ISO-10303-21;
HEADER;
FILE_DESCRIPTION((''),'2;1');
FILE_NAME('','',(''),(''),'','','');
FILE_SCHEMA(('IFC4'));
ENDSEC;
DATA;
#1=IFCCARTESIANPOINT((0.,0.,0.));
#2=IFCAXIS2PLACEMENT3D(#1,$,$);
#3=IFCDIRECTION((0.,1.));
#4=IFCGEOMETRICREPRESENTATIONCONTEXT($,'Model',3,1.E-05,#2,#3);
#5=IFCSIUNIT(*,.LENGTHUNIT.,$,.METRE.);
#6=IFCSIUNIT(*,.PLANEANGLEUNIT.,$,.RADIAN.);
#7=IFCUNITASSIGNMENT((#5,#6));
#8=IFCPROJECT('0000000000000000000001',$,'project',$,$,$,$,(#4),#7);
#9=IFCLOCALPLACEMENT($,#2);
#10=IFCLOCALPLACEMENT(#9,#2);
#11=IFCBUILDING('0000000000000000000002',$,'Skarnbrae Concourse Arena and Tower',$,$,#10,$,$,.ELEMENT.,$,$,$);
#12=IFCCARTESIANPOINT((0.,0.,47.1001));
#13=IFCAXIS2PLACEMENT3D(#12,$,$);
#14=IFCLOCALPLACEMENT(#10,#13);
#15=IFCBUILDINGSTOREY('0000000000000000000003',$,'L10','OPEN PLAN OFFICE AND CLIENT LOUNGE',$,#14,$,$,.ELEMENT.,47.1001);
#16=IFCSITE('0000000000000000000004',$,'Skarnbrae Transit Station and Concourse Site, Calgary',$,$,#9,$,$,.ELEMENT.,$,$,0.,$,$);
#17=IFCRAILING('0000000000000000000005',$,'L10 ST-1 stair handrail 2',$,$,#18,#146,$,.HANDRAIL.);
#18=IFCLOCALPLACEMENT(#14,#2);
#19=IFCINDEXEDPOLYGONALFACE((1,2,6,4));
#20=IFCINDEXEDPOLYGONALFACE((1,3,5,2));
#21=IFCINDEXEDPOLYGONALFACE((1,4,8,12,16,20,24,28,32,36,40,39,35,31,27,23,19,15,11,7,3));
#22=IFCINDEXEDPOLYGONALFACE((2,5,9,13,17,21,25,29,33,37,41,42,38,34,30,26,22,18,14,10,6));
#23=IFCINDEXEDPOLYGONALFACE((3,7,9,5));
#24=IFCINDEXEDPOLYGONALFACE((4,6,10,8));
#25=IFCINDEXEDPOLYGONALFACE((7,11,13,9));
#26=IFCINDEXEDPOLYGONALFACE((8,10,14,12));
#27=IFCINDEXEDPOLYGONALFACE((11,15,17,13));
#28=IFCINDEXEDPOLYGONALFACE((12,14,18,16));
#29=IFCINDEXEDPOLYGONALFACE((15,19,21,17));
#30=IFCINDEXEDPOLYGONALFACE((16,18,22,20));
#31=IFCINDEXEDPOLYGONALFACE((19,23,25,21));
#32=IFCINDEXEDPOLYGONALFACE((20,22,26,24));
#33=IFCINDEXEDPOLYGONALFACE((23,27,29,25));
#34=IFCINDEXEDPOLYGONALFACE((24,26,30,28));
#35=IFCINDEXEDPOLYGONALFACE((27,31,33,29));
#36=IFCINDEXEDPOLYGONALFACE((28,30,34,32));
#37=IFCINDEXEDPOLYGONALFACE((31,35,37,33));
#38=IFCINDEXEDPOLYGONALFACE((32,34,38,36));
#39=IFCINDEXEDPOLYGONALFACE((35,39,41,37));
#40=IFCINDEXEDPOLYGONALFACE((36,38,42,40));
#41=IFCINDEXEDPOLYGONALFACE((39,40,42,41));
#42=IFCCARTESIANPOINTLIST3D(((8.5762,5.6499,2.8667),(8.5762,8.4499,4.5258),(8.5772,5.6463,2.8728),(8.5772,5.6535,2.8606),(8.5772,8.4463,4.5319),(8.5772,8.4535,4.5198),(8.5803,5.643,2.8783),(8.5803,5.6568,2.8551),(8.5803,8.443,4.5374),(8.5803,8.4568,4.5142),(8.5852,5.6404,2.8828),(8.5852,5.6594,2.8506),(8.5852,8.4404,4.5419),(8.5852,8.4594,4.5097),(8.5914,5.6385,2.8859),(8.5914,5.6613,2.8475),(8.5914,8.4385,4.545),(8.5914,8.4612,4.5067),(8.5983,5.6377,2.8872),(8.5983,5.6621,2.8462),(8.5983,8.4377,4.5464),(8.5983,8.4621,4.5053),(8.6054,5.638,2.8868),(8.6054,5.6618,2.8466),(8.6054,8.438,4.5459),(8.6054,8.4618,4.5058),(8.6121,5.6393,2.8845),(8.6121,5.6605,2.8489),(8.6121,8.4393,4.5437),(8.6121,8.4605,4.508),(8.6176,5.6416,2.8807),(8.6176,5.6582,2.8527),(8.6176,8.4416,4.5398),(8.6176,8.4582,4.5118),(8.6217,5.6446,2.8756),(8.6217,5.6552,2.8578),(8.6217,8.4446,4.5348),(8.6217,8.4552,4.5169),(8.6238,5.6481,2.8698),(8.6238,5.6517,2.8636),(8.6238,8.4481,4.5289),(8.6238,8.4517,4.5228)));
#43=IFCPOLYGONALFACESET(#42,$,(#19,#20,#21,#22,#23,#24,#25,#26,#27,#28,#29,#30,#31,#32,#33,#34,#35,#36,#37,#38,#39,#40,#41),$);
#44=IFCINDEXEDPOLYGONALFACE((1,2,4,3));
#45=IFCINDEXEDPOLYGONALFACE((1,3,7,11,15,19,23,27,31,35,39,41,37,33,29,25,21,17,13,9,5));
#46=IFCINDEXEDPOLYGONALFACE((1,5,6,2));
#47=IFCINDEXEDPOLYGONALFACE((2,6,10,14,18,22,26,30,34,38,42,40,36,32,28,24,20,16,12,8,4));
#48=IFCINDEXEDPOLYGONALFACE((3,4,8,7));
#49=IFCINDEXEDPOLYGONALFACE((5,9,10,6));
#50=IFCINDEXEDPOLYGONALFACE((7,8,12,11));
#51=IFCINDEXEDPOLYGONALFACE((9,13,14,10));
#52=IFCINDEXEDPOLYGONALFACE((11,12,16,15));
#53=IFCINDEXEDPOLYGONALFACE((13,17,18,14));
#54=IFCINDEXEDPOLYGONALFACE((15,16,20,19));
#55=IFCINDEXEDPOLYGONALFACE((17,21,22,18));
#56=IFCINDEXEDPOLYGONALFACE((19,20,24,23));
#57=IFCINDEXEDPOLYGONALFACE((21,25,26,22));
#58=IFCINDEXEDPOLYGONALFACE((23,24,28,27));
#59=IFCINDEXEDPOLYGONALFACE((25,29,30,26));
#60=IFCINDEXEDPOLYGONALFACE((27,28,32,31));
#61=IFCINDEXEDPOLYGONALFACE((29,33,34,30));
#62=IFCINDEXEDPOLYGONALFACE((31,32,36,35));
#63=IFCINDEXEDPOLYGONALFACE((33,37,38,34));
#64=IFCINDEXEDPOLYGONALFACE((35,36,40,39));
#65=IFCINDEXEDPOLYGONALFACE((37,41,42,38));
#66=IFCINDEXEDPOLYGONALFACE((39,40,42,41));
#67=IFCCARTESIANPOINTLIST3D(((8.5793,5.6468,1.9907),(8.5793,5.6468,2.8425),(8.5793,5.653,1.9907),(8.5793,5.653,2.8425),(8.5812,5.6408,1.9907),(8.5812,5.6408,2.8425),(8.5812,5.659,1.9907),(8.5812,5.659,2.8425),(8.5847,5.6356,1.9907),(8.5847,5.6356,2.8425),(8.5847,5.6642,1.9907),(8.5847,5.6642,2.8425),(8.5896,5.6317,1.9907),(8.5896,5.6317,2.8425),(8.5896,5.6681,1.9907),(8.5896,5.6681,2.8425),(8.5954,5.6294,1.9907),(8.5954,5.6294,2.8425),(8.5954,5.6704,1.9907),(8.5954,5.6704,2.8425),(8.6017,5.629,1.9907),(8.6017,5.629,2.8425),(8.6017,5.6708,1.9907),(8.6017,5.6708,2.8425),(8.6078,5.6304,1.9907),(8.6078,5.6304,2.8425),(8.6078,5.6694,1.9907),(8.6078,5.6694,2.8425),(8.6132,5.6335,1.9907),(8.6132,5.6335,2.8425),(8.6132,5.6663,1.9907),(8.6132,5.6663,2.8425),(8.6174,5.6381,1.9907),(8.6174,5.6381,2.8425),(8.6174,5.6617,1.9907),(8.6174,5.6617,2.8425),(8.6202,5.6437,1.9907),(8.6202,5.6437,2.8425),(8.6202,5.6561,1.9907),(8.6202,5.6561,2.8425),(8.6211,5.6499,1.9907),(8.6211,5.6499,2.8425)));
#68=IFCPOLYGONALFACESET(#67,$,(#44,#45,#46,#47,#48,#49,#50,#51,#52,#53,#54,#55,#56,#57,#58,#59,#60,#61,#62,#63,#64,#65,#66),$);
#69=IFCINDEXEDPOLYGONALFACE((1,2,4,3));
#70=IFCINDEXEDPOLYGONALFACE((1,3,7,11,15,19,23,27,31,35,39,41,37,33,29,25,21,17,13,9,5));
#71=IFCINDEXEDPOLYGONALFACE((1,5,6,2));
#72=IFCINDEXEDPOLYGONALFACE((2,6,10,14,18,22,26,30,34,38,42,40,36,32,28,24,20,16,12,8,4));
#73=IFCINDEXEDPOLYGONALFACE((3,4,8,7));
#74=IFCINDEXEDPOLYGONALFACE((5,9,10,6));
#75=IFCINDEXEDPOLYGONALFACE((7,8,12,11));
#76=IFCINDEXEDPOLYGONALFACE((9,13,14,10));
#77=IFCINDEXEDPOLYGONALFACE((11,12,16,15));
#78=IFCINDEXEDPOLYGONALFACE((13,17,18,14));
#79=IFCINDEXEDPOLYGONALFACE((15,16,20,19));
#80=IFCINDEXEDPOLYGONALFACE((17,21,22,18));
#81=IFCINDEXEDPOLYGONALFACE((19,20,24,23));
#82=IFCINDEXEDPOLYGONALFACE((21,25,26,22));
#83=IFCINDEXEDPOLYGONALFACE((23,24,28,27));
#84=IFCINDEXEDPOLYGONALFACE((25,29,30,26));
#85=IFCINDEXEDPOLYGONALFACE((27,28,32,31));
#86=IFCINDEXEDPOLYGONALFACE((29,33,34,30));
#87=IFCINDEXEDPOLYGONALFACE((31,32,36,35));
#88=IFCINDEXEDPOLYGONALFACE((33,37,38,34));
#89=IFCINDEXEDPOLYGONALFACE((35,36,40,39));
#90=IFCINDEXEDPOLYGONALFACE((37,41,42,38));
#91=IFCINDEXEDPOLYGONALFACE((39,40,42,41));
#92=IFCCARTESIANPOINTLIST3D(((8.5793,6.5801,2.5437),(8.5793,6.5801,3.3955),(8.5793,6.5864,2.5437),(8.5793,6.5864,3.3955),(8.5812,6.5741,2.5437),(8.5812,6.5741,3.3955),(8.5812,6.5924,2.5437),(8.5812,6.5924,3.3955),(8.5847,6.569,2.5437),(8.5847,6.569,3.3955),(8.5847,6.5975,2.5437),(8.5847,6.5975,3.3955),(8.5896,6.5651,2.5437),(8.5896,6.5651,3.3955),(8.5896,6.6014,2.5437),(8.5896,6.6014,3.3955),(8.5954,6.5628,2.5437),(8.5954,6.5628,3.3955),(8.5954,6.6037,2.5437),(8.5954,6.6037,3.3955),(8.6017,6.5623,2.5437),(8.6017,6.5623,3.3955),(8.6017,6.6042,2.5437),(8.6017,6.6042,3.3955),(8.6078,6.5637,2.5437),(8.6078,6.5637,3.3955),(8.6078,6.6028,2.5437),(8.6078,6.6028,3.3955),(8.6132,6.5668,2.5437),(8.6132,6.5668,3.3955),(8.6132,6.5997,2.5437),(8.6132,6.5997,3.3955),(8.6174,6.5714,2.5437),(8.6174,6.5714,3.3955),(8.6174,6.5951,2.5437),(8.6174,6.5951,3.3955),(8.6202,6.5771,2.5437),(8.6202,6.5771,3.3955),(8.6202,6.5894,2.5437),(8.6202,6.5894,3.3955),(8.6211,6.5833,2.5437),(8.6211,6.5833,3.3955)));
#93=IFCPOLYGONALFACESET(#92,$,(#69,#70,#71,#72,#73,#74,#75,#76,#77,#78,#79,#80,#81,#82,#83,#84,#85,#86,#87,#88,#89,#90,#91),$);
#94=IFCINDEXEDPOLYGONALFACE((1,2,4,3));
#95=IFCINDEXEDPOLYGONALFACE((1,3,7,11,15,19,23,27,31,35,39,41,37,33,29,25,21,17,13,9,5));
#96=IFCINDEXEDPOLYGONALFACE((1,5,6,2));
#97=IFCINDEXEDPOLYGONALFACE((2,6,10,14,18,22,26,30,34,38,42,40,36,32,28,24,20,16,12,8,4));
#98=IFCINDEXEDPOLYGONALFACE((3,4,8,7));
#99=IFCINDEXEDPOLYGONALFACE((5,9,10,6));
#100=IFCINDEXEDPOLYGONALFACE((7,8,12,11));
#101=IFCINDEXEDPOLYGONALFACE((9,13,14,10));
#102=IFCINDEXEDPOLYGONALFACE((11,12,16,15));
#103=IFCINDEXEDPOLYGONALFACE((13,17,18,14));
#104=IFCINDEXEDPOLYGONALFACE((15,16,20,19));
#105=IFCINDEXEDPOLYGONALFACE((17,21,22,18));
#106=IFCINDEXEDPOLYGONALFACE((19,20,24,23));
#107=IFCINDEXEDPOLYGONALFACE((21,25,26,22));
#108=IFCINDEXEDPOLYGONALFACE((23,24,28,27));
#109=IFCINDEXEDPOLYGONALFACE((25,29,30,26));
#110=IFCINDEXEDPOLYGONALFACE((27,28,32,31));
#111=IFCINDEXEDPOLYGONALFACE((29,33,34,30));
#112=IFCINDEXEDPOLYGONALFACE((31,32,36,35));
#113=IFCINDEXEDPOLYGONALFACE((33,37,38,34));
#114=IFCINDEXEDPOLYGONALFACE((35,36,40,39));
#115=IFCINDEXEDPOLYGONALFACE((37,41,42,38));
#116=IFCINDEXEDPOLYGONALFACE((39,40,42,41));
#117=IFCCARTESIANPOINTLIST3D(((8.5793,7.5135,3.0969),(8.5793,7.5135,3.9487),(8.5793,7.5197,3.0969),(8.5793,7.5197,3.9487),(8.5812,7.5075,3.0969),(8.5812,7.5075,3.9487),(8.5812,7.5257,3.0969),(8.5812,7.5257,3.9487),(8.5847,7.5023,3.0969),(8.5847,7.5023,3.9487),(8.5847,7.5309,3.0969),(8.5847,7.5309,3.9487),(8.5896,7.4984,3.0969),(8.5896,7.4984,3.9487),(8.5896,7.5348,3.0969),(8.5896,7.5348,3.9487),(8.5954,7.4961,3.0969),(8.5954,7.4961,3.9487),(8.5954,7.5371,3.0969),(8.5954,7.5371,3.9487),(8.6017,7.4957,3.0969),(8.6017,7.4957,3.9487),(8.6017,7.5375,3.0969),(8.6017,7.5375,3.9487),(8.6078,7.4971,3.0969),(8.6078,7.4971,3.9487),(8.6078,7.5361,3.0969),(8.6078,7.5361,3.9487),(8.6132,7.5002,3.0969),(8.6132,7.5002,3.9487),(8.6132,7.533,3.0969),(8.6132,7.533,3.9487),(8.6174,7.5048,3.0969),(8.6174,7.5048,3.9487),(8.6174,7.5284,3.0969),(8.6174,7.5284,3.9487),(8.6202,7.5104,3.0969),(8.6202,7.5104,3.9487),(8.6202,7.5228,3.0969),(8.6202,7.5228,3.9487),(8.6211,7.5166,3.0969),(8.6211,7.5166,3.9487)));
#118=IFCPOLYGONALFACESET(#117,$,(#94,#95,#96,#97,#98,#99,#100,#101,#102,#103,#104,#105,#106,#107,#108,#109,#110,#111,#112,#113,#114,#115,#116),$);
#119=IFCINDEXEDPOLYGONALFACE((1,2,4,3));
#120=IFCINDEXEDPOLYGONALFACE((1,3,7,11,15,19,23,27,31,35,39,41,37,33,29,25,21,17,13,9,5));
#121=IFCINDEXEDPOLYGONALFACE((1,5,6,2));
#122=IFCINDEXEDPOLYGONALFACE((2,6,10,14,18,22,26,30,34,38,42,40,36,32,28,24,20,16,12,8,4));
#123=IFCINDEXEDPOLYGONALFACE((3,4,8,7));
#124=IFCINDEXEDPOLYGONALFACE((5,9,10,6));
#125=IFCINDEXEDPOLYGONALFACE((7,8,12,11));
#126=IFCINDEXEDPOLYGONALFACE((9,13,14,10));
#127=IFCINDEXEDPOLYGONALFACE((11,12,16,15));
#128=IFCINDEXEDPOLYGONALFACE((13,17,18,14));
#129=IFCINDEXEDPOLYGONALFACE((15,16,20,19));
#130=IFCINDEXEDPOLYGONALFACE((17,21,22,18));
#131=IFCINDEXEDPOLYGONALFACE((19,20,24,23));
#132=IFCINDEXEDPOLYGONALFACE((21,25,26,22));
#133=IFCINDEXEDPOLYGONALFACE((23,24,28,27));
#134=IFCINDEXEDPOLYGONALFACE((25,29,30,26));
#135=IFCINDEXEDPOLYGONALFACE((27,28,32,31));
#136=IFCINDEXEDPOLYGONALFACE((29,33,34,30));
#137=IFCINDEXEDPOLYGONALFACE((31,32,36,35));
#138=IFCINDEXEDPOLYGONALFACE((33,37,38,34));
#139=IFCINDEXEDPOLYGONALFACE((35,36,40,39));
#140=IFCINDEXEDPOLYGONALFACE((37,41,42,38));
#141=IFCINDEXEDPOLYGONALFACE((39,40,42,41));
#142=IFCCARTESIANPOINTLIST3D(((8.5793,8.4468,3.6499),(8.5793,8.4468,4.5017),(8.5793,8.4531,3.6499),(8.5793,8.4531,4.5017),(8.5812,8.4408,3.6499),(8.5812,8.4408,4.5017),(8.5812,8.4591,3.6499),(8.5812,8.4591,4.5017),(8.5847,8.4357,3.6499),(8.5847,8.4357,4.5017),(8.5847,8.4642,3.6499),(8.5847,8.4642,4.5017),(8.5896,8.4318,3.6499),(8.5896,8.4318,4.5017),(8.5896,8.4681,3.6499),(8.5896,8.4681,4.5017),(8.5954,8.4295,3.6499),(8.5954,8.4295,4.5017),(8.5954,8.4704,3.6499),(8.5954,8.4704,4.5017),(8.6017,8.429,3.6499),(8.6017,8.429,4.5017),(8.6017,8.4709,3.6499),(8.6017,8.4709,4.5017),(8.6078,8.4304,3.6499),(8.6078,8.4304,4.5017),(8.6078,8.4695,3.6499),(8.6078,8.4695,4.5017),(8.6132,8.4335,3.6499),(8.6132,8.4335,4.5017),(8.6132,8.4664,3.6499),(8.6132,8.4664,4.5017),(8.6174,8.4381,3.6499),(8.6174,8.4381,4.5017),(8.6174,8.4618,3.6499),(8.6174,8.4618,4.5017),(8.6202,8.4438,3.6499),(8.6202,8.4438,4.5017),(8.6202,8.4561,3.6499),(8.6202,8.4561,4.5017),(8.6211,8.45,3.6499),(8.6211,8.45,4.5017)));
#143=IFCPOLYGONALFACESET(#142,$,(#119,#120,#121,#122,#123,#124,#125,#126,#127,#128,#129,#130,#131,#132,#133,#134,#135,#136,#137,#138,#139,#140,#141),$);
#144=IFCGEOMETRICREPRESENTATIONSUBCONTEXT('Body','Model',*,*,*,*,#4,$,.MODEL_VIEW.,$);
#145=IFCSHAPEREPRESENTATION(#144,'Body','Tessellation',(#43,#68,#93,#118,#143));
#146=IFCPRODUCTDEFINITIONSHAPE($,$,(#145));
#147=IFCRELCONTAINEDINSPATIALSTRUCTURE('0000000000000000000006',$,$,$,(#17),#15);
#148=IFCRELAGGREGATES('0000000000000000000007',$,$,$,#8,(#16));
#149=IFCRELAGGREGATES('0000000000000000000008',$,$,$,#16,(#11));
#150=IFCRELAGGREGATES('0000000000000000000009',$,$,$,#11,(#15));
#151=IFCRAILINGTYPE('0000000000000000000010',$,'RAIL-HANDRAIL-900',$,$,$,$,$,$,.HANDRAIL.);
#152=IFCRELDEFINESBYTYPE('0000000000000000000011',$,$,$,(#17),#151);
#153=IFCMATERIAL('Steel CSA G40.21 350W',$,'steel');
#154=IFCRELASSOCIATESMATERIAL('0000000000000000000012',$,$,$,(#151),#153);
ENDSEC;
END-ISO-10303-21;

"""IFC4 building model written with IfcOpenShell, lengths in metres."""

from ifc_helpers import new_model, si_unit, direction, frame, origin, origin_2d, place, context, subcontext, project, spatial, circle, extrude, material, type_object, element, save


model = new_model("IFC4")

# Units and contexts
model_context = context("Model", 3, precision=1e-05, world=origin(), true_north=direction((0.0, 1.0)))
body_context = subcontext(model_context, "Body", "Model", "MODEL_VIEW")
ifc_project = project(units=[si_unit("LENGTHUNIT", "METRE"), si_unit("PLANEANGLEUNIT", "RADIAN")], contexts=[model_context])

# Site, building, storey
site_placement = place(None, origin())
site = spatial("IfcSite", under=ifc_project, at=site_placement, Name="Skarnbrae Transit Station and Concourse Site, Calgary", CompositionType="ELEMENT", RefElevation=0.0)
building_placement = place(site_placement, origin())
building = spatial("IfcBuilding", under=site, at=building_placement, Name="Skarnbrae Concourse Arena and Tower", CompositionType="ELEMENT")
storey_placement = place(building_placement, frame((0.0, 0.0, 47.1001)))
storey = spatial("IfcBuildingStorey", under=building, at=storey_placement, Name="L10", Description="OPEN PLAN OFFICE AND CLIENT LOUNGE", CompositionType="ELEMENT", Elevation=47.1001)

# Shared definitions
ifc_material_1 = material(Name="Steel CSA G40.21 350W", Category="steel")

# Railing
railing_type_1 = type_object("IfcRailingType", Name="RAIL-HANDRAIL-900", PredefinedType="HANDRAIL", material=ifc_material_1)
railing_1_placement = place(storey_placement, frame((8.6001, 5.6499, 1.9907)))
element("IfcRailing", 1, at=railing_1_placement, inside=storey, type_object=railing_type_1, Name="L10 ST-1 stair handrail 2", PredefinedType="HANDRAIL", context=body_context, shape_type="SweptSolid", body=[
    extrude(circle(Radius=0.0239, at=origin_2d()), frame((0.0, 0.0, 0.876), z_axis=(0.0, 0.860306, 0.509778), x_axis=(-1.0, 0.0, 0.0)), (0.0, 0.0, 1.0), 3.2546),
    extrude(circle(Radius=0.021, at=origin_2d()), origin(), (0.0, 0.0, 1.0), 0.8518),
    extrude(circle(Radius=0.021, at=origin_2d()), frame((0.0, 0.9333, 0.553)), (0.0, 0.0, 1.0), 0.8518),
    extrude(circle(Radius=0.021, at=origin_2d()), frame((0.0, 1.8667, 1.1062)), (0.0, 0.0, 1.0), 0.8518),
    extrude(circle(Radius=0.021, at=origin_2d()), frame((0.0, 2.8, 1.6592)), (0.0, 0.0, 1.0), 0.8518),
])

save(model, "model.ifc")
